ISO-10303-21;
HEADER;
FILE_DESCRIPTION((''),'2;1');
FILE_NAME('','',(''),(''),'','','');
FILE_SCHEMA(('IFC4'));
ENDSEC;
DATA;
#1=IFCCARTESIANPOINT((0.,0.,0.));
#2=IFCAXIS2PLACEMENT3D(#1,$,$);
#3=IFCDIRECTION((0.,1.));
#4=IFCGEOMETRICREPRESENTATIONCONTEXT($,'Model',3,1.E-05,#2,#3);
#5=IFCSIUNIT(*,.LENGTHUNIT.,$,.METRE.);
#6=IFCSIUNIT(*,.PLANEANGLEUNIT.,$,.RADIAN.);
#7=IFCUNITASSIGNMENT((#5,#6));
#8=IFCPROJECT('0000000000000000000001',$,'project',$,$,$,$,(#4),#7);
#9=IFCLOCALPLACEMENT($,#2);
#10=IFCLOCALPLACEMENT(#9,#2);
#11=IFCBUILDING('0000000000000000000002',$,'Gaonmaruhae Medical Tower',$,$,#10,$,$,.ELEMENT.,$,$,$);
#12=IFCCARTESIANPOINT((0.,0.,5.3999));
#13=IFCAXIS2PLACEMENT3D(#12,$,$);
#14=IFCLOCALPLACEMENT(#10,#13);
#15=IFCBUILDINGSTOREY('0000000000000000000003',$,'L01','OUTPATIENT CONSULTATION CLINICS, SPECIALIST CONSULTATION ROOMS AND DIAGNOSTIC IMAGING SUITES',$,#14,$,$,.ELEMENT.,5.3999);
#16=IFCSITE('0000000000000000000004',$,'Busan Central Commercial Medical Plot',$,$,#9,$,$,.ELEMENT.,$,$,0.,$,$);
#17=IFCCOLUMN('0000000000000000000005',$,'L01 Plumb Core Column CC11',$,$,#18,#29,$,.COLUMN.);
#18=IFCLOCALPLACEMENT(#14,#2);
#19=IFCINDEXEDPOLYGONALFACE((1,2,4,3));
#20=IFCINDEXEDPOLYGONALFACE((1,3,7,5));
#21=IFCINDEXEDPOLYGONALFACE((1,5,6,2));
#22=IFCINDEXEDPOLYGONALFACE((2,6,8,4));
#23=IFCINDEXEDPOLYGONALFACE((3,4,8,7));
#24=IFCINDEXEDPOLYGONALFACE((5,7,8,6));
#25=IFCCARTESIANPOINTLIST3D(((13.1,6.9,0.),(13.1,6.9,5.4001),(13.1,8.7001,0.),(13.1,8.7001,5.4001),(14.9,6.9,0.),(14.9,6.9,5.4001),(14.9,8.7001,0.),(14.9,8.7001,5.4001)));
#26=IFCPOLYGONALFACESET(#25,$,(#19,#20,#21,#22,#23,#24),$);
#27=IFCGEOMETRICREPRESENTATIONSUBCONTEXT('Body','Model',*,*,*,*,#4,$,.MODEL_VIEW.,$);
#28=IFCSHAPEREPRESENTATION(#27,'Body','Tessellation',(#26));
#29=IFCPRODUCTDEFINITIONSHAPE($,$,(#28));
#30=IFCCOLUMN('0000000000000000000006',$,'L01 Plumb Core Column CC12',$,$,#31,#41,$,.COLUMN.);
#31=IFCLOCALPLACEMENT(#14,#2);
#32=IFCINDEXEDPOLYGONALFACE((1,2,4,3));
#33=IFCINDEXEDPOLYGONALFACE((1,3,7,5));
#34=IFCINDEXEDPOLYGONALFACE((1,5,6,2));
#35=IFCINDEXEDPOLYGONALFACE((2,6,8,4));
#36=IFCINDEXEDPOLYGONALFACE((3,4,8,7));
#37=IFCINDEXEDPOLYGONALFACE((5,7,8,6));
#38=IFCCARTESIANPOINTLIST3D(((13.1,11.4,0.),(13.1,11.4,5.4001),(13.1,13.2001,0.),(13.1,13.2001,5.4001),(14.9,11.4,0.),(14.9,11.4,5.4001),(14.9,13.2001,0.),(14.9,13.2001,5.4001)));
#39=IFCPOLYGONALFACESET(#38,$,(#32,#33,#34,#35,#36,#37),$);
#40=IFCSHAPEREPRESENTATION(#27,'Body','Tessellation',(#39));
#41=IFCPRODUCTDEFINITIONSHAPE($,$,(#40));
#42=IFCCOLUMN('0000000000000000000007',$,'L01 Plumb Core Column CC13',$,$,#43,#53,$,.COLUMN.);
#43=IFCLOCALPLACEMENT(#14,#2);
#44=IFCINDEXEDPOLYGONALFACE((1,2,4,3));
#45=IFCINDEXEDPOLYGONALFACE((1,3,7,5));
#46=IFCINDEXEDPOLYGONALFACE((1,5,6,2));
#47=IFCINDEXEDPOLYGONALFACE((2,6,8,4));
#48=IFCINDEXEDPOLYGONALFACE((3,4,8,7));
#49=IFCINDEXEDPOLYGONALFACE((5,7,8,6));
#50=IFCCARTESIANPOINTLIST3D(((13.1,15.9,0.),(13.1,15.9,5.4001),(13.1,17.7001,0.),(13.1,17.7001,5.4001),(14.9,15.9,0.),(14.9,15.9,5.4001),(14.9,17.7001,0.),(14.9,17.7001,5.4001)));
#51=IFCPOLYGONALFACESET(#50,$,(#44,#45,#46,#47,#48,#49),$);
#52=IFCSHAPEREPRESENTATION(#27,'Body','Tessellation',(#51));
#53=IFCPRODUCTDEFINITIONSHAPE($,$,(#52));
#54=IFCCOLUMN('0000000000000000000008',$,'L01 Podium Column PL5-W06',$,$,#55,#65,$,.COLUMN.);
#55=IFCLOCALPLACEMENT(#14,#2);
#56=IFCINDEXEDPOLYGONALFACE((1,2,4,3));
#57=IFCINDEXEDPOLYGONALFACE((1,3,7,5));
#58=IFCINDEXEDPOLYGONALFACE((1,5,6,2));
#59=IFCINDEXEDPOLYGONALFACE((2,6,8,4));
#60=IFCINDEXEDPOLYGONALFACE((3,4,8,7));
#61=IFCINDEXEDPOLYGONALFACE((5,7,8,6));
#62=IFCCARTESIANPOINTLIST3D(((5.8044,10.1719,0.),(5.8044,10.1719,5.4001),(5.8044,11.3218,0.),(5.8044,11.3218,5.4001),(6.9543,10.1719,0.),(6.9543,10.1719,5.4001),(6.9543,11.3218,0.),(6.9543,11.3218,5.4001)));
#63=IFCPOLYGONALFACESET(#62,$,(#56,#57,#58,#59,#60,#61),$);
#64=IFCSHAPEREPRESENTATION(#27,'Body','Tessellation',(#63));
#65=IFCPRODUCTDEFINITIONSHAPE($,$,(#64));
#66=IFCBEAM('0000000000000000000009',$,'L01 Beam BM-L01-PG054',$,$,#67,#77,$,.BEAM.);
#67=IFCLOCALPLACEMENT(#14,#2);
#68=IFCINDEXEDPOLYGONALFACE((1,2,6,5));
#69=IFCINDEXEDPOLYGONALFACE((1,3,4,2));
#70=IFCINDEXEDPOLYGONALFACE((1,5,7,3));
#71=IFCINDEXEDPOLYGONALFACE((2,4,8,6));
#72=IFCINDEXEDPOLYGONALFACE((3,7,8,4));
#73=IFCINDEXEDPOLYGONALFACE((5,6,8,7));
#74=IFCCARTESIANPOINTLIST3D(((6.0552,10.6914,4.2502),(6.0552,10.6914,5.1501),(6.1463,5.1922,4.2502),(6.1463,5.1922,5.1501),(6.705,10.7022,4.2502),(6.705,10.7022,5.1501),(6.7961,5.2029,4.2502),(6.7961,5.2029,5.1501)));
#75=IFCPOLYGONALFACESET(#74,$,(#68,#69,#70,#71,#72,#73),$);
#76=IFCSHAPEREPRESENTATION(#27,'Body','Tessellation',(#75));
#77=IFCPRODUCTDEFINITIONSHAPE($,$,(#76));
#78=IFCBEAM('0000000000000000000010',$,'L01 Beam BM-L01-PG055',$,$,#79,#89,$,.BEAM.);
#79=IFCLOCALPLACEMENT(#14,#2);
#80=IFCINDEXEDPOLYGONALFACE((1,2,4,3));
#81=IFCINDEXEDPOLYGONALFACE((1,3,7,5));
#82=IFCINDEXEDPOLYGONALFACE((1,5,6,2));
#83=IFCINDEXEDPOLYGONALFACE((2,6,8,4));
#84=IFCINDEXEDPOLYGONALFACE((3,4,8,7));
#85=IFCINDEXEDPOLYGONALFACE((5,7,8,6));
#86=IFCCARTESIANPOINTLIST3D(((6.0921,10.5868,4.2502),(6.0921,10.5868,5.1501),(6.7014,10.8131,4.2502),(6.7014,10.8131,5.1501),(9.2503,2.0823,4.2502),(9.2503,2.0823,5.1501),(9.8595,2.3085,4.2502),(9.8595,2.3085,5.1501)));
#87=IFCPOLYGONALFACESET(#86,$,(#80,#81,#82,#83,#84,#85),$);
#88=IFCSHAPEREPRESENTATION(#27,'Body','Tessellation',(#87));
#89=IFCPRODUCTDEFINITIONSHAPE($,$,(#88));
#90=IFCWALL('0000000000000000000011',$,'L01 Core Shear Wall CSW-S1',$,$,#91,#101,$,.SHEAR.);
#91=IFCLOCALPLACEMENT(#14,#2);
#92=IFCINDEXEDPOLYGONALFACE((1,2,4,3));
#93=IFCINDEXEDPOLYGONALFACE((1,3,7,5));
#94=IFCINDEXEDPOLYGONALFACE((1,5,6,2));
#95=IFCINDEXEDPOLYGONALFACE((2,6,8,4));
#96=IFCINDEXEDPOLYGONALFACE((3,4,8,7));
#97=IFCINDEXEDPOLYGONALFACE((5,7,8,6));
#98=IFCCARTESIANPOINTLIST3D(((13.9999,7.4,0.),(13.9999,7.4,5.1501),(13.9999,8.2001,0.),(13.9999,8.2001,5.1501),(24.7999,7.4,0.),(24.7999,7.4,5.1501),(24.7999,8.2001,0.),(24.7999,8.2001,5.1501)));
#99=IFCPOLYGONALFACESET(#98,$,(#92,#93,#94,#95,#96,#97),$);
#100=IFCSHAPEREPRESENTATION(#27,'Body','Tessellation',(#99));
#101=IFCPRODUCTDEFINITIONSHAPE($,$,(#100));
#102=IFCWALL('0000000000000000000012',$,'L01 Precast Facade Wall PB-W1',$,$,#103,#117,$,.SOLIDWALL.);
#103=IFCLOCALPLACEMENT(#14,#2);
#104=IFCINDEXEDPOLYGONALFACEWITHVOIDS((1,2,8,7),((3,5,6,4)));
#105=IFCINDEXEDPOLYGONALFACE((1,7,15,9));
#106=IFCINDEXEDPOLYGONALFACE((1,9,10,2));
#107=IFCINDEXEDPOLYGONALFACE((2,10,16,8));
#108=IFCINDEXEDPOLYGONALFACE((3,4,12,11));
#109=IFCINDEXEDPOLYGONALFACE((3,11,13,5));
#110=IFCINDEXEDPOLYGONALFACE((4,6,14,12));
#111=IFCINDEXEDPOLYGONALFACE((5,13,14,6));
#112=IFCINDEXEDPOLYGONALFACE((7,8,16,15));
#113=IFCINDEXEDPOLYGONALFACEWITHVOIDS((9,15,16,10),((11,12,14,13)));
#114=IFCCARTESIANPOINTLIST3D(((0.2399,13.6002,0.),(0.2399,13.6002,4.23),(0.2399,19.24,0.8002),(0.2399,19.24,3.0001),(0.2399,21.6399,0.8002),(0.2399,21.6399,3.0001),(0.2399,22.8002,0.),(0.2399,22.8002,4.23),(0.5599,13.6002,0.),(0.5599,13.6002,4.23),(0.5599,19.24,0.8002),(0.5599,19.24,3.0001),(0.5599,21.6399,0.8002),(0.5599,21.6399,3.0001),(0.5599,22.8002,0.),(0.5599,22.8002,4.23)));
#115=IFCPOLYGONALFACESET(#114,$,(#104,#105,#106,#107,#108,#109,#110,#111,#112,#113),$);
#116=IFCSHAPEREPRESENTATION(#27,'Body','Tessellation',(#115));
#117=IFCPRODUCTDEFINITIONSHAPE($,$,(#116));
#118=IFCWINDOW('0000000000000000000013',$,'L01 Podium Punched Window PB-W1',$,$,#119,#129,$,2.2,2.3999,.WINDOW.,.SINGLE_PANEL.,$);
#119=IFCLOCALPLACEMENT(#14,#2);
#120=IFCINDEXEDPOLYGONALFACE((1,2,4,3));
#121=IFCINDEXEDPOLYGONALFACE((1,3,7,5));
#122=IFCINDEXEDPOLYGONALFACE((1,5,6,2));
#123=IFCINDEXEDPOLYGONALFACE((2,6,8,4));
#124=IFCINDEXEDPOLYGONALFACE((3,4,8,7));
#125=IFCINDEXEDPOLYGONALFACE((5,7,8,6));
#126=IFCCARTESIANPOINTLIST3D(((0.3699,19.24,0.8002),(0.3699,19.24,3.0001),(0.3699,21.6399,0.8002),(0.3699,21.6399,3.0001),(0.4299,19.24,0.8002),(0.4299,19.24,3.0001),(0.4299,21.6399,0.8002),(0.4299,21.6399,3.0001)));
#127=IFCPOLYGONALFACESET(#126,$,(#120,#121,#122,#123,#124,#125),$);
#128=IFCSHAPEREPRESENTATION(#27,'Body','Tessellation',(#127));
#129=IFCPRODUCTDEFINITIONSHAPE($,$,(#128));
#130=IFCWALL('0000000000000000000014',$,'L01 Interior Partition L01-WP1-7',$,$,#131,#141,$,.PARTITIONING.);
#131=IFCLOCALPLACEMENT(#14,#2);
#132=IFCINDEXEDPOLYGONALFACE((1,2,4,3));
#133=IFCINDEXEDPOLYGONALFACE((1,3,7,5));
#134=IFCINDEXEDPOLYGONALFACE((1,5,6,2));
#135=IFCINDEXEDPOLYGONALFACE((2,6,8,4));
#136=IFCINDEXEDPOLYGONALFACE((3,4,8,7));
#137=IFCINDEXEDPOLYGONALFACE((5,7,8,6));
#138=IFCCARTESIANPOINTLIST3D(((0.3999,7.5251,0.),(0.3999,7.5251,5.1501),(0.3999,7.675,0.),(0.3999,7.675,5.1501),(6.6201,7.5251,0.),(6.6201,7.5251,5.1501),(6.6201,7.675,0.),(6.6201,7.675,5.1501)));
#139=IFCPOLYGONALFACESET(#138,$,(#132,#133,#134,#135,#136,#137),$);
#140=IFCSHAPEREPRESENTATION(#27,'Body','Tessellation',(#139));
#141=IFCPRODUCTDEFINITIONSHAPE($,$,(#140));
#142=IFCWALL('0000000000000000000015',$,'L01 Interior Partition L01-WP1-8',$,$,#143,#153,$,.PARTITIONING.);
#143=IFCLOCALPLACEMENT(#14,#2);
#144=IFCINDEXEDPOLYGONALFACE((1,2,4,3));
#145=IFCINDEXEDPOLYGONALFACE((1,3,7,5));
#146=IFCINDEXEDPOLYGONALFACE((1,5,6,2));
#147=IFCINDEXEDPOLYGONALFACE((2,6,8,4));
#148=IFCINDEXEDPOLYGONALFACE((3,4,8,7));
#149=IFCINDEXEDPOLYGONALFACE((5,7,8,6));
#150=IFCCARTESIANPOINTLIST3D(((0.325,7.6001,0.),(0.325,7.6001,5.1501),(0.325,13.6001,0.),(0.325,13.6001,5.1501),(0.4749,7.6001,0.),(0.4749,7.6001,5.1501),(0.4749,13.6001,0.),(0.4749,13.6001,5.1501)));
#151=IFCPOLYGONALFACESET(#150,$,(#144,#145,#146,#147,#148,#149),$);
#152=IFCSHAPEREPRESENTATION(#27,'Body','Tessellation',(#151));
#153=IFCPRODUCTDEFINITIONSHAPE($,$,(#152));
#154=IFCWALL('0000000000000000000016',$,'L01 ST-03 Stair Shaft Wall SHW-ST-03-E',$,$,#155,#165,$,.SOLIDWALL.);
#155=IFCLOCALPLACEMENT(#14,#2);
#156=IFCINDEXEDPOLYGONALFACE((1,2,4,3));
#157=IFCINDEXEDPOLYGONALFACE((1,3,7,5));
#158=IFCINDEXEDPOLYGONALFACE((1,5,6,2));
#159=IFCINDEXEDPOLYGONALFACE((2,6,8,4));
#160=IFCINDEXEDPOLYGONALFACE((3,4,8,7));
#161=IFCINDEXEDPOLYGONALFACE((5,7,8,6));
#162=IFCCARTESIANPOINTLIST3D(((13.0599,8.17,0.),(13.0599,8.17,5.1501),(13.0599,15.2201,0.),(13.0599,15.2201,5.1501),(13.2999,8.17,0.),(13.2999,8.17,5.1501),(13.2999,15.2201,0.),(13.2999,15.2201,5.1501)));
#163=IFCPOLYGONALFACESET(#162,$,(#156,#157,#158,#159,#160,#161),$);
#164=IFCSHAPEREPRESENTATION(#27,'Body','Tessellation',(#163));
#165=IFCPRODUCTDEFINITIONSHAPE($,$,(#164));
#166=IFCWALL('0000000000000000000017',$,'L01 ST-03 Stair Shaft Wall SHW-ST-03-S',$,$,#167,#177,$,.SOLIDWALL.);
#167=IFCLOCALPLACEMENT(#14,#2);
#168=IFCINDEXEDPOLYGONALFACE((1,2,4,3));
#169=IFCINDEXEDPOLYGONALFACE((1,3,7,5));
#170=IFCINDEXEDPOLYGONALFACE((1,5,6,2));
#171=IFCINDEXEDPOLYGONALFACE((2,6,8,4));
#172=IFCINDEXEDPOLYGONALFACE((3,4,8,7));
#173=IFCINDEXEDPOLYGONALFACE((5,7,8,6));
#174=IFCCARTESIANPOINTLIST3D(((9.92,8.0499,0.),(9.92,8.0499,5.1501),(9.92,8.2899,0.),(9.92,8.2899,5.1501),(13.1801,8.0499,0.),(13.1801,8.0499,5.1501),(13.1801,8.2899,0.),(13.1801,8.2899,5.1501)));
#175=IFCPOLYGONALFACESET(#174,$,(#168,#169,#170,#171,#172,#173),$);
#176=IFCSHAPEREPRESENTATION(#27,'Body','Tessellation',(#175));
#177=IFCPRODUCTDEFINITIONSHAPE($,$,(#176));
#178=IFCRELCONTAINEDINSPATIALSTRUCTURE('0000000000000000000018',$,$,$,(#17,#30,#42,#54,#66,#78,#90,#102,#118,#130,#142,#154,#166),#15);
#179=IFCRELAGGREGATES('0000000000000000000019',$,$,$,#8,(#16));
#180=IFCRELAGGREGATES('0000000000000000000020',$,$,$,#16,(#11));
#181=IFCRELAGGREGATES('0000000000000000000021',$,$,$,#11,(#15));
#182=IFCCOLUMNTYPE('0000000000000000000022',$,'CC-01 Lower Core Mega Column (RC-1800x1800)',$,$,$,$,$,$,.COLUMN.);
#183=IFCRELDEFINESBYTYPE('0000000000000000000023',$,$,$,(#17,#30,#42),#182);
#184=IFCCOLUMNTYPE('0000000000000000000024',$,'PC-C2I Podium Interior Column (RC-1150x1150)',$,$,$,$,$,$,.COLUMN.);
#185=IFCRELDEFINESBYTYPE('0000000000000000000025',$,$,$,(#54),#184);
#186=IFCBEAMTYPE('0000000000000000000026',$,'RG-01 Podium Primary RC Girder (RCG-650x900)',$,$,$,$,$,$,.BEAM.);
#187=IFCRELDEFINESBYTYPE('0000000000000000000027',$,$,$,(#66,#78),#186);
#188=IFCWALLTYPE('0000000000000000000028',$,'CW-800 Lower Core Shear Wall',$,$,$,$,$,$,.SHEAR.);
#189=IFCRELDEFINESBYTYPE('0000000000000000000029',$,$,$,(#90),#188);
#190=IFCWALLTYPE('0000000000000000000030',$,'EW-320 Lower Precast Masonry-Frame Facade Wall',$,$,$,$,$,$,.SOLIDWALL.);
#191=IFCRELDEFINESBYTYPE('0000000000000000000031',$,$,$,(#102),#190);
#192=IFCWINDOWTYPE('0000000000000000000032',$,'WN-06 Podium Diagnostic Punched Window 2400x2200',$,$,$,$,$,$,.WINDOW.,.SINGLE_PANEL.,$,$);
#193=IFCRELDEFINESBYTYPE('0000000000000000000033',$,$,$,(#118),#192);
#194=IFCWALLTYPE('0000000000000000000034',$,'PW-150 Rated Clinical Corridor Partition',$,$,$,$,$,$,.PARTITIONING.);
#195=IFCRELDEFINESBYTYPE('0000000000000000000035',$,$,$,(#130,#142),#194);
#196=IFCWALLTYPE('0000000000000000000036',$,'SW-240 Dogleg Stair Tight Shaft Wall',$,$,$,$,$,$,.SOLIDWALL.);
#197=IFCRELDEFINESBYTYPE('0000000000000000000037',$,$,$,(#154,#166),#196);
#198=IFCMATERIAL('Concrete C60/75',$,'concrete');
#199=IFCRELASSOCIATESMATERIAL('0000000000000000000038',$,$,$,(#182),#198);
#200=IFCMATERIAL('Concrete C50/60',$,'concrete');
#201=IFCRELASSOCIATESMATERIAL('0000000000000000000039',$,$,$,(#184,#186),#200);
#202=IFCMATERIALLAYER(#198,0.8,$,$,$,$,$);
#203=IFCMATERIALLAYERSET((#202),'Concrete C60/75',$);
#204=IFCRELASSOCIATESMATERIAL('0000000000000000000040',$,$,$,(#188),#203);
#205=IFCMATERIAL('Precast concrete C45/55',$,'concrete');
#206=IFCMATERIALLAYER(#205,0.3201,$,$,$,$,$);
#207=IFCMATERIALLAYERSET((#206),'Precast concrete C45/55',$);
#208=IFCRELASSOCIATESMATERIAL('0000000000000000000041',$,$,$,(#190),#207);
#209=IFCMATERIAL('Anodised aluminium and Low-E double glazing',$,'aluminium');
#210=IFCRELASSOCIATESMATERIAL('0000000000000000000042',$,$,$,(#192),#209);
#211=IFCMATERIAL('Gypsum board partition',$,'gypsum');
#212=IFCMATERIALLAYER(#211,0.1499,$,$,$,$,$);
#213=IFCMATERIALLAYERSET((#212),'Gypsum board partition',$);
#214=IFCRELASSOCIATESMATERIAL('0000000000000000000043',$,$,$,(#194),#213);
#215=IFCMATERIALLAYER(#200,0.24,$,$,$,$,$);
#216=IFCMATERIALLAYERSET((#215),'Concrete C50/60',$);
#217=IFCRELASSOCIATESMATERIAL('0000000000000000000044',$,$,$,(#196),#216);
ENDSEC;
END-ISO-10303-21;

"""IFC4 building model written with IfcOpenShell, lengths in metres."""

from ifc_helpers import new_model, si_unit, direction, frame, frame_2d, origin, origin_2d, place, context, subcontext, project, spatial, rectangle, extrude, material, layer, layer_set, material_profile, profile_set, type_object, element, fill, save


model = new_model("IFC4")

# Units and contexts
model_context = context("Model", 3, precision=1e-05, world=origin(), true_north=direction((0.0, 1.0)))
body_context = subcontext(model_context, "Body", "Model", "MODEL_VIEW")
ifc_project = project(units=[si_unit("LENGTHUNIT", "METRE"), si_unit("PLANEANGLEUNIT", "RADIAN")], contexts=[model_context])

# Site, building, storey
site_placement = place(None, origin())
site = spatial("IfcSite", under=ifc_project, at=site_placement, Name="Busan Central Commercial Medical Plot", CompositionType="ELEMENT", RefElevation=0.0)
building_placement = place(site_placement, origin())
building = spatial("IfcBuilding", under=site, at=building_placement, Name="Gaonmaruhae Medical Tower", CompositionType="ELEMENT")
storey_placement = place(building_placement, frame((0.0, 0.0, 5.3999)))
storey = spatial("IfcBuildingStorey", under=building, at=storey_placement, Name="L01", Description="OUTPATIENT CONSULTATION CLINICS, SPECIALIST CONSULTATION ROOMS AND DIAGNOSTIC IMAGING SUITES", CompositionType="ELEMENT", Elevation=5.3999)

# Columns
ifc_material_1 = material(Name="Concrete C60/75", Category="concrete")
ifc_material_profile_1 = material_profile(ifc_material_1, rectangle(XDim=1.8, YDim=1.8, at=origin_2d()), Name="RC-1800x1800")
ifc_profile_set_1 = profile_set([ifc_material_profile_1], Name="Concrete C60/75")
column_type_1 = type_object("IfcColumnType", Name="CC-01 Lower Core Mega Column (RC-1800x1800)", PredefinedType="COLUMN", material=ifc_profile_set_1)
for number, where, z_axis, x_axis, name in (
    (1, (14.0, 7.8, 0.0), (0.0, 0.0, 1.0), (1.0, 0.0, 0.0), "L01 Plumb Core Column CC11"),
    (2, (14.0, 12.3, 0.0), (0.0, 0.0, 1.0), (1.0, 0.0, 0.0), "L01 Plumb Core Column CC12"),
    (3, (14.0, 16.8, 0.0), (0.0, 0.0, 1.0), (1.0, 0.0, 0.0), "L01 Plumb Core Column CC13"),
):
    element("IfcColumn", number, at=place(storey_placement, frame(where, z_axis=z_axis, x_axis=x_axis)), inside=storey, type_object=column_type_1, Name=name, PredefinedType="COLUMN", context=body_context, shape_type="SweptSolid", body=[
        extrude(rectangle(XDim=1.8, YDim=1.8, at=origin_2d()), origin(), (0.0, 0.0, 1.0), 5.4001),
    ])
ifc_material_2 = material(Name="Concrete C50/60", Category="concrete")
ifc_material_profile_2 = material_profile(ifc_material_2, rectangle(XDim=1.1499, YDim=1.1499, at=origin_2d()), Name="RC-1150x1150")
ifc_profile_set_2 = profile_set([ifc_material_profile_2], Name="Concrete C50/60")
column_type_2 = type_object("IfcColumnType", Name="PC-C2I Podium Interior Column (RC-1150x1150)", PredefinedType="COLUMN", material=ifc_profile_set_2)
column_placement = place(storey_placement, frame((6.3794, 10.7468, 0.0), z_axis=(0.0, 0.0, 1.0), x_axis=(1.0, 0.0, 0.0)))
element("IfcColumn", 4, at=column_placement, inside=storey, type_object=column_type_2, Name="L01 Podium Column PL5-W06", PredefinedType="COLUMN", context=body_context, shape_type="SweptSolid", body=[
    extrude(rectangle(XDim=1.1499, YDim=1.1499, at=origin_2d()), origin(), (0.0, 0.0, 1.0), 5.4001),
])

# Beams
ifc_material_profile_3 = material_profile(ifc_material_2, rectangle(XDim=0.6499, YDim=0.8999, at=origin_2d()), Name="RCG-650x900")
ifc_profile_set_3 = profile_set([ifc_material_profile_3], Name="Concrete C50/60")
beam_type = type_object("IfcBeamType", Name="RG-01 Podium Primary RC Girder (RCG-650x900)", PredefinedType="BEAM", material=ifc_profile_set_3)
beam_1_placement = place(storey_placement, frame((6.3801, 10.6968, 4.7002), z_axis=(0.016557, -0.999863, 0.0), x_axis=(0.999863, 0.016557, 0.0)))
element("IfcBeam", 5, at=beam_1_placement, inside=storey, type_object=beam_type, Name="L01 Beam BM-L01-PG054", PredefinedType="BEAM", context=body_context, shape_type="SweptSolid", body=[
    extrude(rectangle(XDim=0.6499, YDim=0.8999, at=origin_2d()), origin(), (0.0, 0.0, 1.0), 5.5),
])
beam_2_placement = place(storey_placement, frame((6.3967, 10.7, 4.7002), z_axis=(0.348122, -0.937449, 0.0), x_axis=(0.937449, 0.348122, 0.0)))
element("IfcBeam", 6, at=beam_2_placement, inside=storey, type_object=beam_type, Name="L01 Beam BM-L01-PG055", PredefinedType="BEAM", context=body_context, shape_type="SweptSolid", body=[
    extrude(rectangle(XDim=0.6499, YDim=0.8999, at=origin_2d()), origin(), (0.0, 0.0, 1.0), 9.072),
])

# Wall
ifc_layer_1 = layer(ifc_material_1, 0.8)
ifc_layer_set_1 = layer_set([ifc_layer_1], Name="Concrete C60/75")
wall_type_1 = type_object("IfcWallType", Name="CW-800 Lower Core Shear Wall", PredefinedType="SHEAR", material=ifc_layer_set_1)
wall_1_placement = place(storey_placement, frame((14.0, 7.8, 0.0), z_axis=(0.0, 0.0, 1.0), x_axis=(1.0, 0.0, 0.0)))
element("IfcWall", 7, at=wall_1_placement, inside=storey, type_object=wall_type_1, Name="L01 Core Shear Wall CSW-S1", PredefinedType="SHEAR", context=body_context, shape_type="SweptSolid", body=[
    extrude(rectangle(XDim=10.8, YDim=0.8, at=frame_2d((5.3999, 0.0))), origin(), (0.0, 0.0, 1.0), 5.1501),
])

# Wall, opening, window
ifc_material_3 = material(Name="Precast concrete C45/55", Category="concrete")
ifc_layer_2 = layer(ifc_material_3, 0.3201)
ifc_layer_set_2 = layer_set([ifc_layer_2], Name="Precast concrete C45/55")
wall_type_2 = type_object("IfcWallType", Name="EW-320 Lower Precast Masonry-Frame Facade Wall", PredefinedType="SOLIDWALL", material=ifc_layer_set_2)
wall_2_placement = place(storey_placement, frame((0.3999, 13.6001, 0.0), z_axis=(0.0, 0.0, 1.0), x_axis=(0.0, 1.0, 0.0)))
wall_2 = element("IfcWall", 8, at=wall_2_placement, inside=storey, type_object=wall_type_2, Name="L01 Precast Facade Wall PB-W1", PredefinedType="SOLIDWALL", context=body_context, shape_type="SweptSolid", body=[
    extrude(rectangle(XDim=9.2, YDim=0.3201, at=frame_2d((4.6001, 0.0))), origin(), (0.0, 0.0, 1.0), 4.23),
])
opening_1_placement = place(wall_2_placement, frame((5.6399, 0.0, 0.8)))
opening_1 = element("IfcOpeningElement", 9, at=opening_1_placement, cuts=wall_2, PredefinedType="OPENING", context=body_context, shape_type="SweptSolid", body=[
    extrude(rectangle(XDim=2.3999, YDim=2.2, at=frame_2d((1.2, 1.1001))), frame((0.0, 0.1699, 0.0), z_axis=(0.0, -1.0, 0.0), x_axis=(1.0, 0.0, 0.0)), (0.0, 0.0, 1.0), 0.3401),
])
ifc_material_4 = material(Name="Anodised aluminium and Low-E double glazing", Category="aluminium")
window_type = type_object("IfcWindowType", Name="WN-06 Podium Diagnostic Punched Window 2400x2200", PartitioningType="SINGLE_PANEL", PredefinedType="WINDOW", material=ifc_material_4)
window_placement = place(opening_1_placement, origin())
window = element("IfcWindow", 10, at=window_placement, inside=storey, type_object=window_type, Name="L01 Podium Punched Window PB-W1", OverallHeight=2.2, OverallWidth=2.3999, PartitioningType="SINGLE_PANEL", PredefinedType="WINDOW", context=body_context, shape_type="SweptSolid", body=[
    extrude(rectangle(XDim=2.3999, YDim=2.2, at=frame_2d((1.2, 1.1001))), frame((0.0, 0.03, 0.0), z_axis=(0.0, -1.0, 0.0), x_axis=(1.0, 0.0, 0.0)), (0.0, 0.0, 1.0), 0.0601),
])
fill(opening_1, window)

# Walls
ifc_material_5 = material(Name="Gypsum board partition", Category="gypsum")
ifc_layer_3 = layer(ifc_material_5, 0.1499)
ifc_layer_set_3 = layer_set([ifc_layer_3], Name="Gypsum board partition")
wall_type_3 = type_object("IfcWallType", Name="PW-150 Rated Clinical Corridor Partition", PredefinedType="PARTITIONING", material=ifc_layer_set_3)
wall_3_placement = place(storey_placement, frame((6.6201, 7.6001, 0.0), z_axis=(0.0, 0.0, 1.0), x_axis=(-1.0, 0.0, 0.0)))
element("IfcWall", 11, at=wall_3_placement, inside=storey, type_object=wall_type_3, Name="L01 Interior Partition L01-WP1-7", PredefinedType="PARTITIONING", context=body_context, shape_type="SweptSolid", body=[
    extrude(rectangle(XDim=6.2202, YDim=0.1499, at=frame_2d((3.1101, 0.0))), origin(), (0.0, 0.0, 1.0), 5.1501),
])
wall_4_placement = place(storey_placement, frame((0.3999, 7.6001, 0.0), z_axis=(0.0, 0.0, 1.0), x_axis=(0.0, 1.0, 0.0)))
element("IfcWall", 12, at=wall_4_placement, inside=storey, type_object=wall_type_3, Name="L01 Interior Partition L01-WP1-8", PredefinedType="PARTITIONING", context=body_context, shape_type="SweptSolid", body=[
    extrude(rectangle(XDim=6.0, YDim=0.1499, at=frame_2d((3.0, 0.0))), origin(), (0.0, 0.0, 1.0), 5.1501),
])

# Shared definitions
ifc_layer_4 = layer(ifc_material_2, 0.24)
ifc_layer_set_4 = layer_set([ifc_layer_4], Name="Concrete C50/60")
wall_type_4 = type_object("IfcWallType", Name="SW-240 Dogleg Stair Tight Shaft Wall", PredefinedType="SOLIDWALL", material=ifc_layer_set_4)

# Walls
wall_5_placement = place(storey_placement, frame((13.1799, 15.22, 0.0), z_axis=(0.0, 0.0, 1.0), x_axis=(0.0, -1.0, 0.0)))
element("IfcWall", 13, at=wall_5_placement, inside=storey, type_object=wall_type_4, Name="L01 ST-03 Stair Shaft Wall SHW-ST-03-E", PredefinedType="SOLIDWALL", context=body_context, shape_type="SweptSolid", body=[
    extrude(rectangle(XDim=7.05, YDim=0.24, at=frame_2d((3.5249, 0.0))), origin(), (0.0, 0.0, 1.0), 5.1501),
])
wall_6_placement = place(storey_placement, frame((13.1799, 8.1699, 0.0), z_axis=(0.0, 0.0, 1.0), x_axis=(-1.0, 0.0, 0.0)))
element("IfcWall", 14, at=wall_6_placement, inside=storey, type_object=wall_type_4, Name="L01 ST-03 Stair Shaft Wall SHW-ST-03-S", PredefinedType="SOLIDWALL", context=body_context, shape_type="SweptSolid", body=[
    extrude(rectangle(XDim=3.26, YDim=0.24, at=frame_2d((1.6299, 0.0))), origin(), (0.0, 0.0, 1.0), 5.1501),
])

save(model, "model.ifc")
